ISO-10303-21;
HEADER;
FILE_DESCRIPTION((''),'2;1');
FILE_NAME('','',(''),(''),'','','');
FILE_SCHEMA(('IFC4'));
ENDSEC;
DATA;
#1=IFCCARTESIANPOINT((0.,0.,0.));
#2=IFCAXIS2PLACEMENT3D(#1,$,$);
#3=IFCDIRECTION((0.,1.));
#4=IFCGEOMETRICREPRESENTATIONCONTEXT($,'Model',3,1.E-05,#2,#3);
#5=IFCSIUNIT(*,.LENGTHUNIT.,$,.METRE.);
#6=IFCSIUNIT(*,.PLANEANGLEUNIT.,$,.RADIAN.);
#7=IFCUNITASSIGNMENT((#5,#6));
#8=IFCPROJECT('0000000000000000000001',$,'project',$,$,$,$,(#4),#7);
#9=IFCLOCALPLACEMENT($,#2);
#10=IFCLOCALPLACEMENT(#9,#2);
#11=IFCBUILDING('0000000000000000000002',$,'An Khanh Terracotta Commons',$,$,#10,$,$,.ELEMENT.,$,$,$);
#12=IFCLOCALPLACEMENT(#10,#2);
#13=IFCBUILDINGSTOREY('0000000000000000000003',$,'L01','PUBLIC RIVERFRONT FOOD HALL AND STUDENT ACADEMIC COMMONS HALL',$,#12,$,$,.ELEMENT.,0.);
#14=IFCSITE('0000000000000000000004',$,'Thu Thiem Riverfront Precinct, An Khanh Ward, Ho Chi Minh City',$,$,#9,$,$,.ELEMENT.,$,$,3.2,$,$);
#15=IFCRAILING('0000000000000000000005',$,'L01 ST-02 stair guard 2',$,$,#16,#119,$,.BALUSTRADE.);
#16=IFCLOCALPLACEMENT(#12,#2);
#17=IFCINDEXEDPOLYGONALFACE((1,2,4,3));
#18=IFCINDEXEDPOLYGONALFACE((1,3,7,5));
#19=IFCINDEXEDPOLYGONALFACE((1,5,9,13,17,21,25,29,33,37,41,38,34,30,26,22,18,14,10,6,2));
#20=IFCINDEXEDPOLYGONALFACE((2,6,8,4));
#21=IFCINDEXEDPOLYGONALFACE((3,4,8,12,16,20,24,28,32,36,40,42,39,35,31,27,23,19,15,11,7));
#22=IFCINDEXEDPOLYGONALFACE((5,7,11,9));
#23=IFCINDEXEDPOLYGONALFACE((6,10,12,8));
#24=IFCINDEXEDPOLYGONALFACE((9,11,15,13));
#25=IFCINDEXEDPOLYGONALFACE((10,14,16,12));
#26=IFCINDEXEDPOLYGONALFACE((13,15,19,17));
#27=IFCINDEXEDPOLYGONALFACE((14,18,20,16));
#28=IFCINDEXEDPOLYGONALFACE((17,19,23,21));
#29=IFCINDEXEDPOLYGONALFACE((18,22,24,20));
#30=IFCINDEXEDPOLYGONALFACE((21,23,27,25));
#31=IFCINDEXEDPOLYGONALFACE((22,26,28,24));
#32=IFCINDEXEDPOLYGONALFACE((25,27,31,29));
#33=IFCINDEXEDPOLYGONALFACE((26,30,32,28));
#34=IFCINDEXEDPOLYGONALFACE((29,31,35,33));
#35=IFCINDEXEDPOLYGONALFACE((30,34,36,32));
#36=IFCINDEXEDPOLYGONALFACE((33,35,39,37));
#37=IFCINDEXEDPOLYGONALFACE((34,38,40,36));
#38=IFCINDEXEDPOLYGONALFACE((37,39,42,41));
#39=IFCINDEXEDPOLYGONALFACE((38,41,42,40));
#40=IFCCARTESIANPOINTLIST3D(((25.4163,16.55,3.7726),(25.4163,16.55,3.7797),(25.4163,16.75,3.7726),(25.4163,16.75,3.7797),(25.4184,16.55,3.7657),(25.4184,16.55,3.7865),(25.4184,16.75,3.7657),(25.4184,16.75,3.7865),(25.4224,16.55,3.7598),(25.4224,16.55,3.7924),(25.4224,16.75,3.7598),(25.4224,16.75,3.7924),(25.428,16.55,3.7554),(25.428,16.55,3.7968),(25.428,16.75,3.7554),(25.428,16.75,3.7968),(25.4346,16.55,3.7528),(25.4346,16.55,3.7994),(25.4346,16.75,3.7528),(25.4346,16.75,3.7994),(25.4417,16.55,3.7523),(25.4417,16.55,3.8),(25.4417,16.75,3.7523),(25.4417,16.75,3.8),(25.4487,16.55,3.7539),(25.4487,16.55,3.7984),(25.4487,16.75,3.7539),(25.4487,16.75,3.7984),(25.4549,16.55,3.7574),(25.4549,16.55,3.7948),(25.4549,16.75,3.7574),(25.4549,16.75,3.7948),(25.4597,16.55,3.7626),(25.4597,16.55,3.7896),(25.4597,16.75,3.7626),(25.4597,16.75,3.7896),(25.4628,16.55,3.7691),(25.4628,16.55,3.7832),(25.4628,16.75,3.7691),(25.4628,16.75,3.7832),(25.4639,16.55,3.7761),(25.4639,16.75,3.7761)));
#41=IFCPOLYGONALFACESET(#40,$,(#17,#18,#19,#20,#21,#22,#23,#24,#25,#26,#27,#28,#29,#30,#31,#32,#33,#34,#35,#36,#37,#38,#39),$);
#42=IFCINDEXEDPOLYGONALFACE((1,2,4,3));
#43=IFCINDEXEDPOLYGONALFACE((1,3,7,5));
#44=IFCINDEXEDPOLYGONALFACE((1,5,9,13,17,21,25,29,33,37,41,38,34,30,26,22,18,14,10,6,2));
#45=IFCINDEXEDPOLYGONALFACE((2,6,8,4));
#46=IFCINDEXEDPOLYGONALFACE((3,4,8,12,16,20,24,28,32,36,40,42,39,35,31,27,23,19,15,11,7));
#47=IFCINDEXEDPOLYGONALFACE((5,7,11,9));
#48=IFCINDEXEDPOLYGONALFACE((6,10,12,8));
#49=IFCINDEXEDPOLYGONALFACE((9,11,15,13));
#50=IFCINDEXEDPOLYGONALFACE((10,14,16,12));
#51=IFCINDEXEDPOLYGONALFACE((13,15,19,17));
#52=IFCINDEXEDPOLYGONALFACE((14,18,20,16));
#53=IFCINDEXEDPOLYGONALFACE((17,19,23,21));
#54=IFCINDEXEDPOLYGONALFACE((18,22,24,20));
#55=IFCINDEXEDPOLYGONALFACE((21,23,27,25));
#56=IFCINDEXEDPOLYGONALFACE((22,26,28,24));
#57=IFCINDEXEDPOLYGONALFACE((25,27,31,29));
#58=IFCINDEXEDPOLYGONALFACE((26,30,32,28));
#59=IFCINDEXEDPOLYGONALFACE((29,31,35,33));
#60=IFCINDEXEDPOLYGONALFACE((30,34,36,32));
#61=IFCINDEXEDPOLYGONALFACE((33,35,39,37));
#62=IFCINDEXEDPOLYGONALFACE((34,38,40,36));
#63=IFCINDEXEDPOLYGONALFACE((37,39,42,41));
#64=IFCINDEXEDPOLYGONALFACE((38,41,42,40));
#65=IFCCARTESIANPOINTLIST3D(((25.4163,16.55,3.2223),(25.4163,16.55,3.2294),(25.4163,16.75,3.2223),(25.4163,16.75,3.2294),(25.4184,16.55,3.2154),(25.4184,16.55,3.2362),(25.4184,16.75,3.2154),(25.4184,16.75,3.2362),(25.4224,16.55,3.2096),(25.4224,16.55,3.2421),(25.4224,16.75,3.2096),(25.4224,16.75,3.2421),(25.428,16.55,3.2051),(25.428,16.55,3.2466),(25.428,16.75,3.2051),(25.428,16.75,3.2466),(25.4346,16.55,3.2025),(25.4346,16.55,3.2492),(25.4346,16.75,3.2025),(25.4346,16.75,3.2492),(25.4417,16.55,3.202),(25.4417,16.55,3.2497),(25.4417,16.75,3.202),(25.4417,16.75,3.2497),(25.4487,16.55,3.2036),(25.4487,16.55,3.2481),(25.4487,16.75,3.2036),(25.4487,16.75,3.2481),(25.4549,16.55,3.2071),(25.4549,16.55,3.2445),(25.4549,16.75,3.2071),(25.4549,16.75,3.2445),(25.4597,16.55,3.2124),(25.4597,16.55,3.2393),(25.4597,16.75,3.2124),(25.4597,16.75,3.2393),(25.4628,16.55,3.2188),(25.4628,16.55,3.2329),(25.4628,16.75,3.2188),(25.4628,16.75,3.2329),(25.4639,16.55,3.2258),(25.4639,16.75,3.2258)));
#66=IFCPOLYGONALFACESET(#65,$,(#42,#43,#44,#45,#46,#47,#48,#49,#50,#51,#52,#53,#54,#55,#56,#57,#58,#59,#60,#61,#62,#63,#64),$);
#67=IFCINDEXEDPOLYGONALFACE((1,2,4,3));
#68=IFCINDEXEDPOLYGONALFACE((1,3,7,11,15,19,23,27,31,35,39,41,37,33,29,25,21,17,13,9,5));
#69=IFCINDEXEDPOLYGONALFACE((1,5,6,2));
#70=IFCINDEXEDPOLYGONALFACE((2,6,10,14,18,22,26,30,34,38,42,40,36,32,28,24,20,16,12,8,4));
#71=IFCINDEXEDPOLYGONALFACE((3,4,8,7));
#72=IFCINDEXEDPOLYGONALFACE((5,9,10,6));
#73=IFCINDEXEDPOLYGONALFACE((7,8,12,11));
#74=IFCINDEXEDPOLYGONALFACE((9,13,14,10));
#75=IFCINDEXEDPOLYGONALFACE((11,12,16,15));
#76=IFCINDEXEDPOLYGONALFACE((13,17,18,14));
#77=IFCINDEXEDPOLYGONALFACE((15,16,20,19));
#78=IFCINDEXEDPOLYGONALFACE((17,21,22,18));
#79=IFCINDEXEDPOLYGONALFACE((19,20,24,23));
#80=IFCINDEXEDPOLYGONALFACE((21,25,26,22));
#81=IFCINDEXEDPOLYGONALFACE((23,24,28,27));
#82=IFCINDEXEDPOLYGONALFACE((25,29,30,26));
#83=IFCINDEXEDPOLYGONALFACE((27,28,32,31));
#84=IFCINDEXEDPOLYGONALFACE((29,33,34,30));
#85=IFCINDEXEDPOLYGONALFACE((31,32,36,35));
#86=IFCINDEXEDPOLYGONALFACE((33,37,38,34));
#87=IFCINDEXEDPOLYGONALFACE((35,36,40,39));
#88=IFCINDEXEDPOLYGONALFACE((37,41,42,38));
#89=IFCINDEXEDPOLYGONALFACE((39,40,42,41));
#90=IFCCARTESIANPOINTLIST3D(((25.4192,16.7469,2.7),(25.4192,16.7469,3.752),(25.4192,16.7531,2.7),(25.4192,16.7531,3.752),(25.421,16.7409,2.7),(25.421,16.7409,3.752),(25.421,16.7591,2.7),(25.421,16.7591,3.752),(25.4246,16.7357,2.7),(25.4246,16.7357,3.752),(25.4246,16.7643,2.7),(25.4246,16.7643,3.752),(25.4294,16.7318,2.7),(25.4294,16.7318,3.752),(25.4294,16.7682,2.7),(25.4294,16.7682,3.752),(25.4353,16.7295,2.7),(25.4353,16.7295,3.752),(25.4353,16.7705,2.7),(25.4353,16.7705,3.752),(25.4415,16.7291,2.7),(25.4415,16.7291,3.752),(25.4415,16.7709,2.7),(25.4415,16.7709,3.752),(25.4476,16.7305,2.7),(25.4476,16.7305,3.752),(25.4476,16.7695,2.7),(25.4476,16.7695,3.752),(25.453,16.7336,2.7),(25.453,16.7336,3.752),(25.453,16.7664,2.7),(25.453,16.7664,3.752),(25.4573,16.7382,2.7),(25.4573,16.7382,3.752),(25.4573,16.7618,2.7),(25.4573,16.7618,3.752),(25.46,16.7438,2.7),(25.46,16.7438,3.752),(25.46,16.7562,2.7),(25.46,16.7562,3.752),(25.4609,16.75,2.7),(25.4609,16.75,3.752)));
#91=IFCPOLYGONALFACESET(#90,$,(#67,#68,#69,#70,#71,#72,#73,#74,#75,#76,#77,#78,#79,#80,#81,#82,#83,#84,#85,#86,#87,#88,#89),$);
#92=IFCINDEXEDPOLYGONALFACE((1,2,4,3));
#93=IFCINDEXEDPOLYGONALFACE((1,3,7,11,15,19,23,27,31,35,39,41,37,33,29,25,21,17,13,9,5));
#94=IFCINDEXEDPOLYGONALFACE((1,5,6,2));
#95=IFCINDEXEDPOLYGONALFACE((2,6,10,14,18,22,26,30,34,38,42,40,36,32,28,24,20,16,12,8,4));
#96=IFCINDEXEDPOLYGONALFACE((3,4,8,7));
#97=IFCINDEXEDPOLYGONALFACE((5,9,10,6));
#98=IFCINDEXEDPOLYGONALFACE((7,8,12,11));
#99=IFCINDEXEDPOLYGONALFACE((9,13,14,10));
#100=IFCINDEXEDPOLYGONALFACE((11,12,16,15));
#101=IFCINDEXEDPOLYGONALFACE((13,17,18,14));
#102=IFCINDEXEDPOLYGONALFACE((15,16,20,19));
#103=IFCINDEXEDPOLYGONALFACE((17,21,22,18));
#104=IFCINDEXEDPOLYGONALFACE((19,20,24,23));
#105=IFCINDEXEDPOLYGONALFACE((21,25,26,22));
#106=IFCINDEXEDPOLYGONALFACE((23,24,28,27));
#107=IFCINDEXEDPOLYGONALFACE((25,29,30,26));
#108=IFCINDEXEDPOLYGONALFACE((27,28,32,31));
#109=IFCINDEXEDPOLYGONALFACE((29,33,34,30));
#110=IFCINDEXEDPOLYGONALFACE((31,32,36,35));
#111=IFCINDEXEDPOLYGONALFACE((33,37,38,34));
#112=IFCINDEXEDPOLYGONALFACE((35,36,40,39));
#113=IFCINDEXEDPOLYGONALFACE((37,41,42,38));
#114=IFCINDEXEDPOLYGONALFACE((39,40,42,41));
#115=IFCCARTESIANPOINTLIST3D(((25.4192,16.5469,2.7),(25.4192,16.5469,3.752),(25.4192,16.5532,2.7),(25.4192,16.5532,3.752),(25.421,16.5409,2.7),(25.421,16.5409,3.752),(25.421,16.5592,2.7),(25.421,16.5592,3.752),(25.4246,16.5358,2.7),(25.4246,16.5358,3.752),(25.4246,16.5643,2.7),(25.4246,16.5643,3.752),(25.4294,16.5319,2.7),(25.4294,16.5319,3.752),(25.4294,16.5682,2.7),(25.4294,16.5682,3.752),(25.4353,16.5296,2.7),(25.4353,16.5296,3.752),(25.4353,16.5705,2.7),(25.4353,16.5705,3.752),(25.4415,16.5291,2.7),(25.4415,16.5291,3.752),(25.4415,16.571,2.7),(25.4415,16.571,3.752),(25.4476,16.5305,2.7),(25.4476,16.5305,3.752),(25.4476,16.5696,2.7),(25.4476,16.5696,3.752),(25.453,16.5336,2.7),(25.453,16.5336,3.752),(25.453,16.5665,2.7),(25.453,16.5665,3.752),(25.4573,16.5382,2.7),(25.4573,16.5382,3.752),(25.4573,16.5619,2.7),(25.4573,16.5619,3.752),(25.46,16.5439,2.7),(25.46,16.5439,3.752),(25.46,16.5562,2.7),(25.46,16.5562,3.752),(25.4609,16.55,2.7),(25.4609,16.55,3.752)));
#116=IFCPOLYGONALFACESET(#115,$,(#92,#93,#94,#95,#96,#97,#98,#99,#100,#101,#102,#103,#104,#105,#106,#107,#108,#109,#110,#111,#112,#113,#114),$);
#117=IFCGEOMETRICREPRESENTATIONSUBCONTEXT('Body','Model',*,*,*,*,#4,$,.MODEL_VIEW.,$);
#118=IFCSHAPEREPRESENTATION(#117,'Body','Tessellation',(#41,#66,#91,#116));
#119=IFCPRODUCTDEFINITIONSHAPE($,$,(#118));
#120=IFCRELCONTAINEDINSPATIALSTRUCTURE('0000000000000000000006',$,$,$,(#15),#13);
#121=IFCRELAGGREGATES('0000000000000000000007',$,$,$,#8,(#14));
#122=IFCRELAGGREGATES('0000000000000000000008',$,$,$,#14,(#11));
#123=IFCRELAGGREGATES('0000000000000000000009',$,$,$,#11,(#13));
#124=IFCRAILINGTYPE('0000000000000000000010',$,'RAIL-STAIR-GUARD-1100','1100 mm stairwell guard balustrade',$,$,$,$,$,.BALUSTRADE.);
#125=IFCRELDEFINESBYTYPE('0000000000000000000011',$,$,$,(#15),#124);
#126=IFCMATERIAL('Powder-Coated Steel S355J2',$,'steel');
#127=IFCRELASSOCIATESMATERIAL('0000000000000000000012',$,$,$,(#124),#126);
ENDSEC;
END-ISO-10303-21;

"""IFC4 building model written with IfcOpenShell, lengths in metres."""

from ifc_helpers import new_model, si_unit, direction, frame, origin, origin_2d, place, context, subcontext, project, spatial, circle, extrude, material, type_object, element, save


model = new_model("IFC4")

# Units and contexts
model_context = context("Model", 3, precision=1e-05, world=origin(), true_north=direction((0.0, 1.0)))
body_context = subcontext(model_context, "Body", "Model", "MODEL_VIEW")
ifc_project = project(units=[si_unit("LENGTHUNIT", "METRE"), si_unit("PLANEANGLEUNIT", "RADIAN")], contexts=[model_context])

# Site, building, storey
site_placement = place(None, origin())
site = spatial("IfcSite", under=ifc_project, at=site_placement, Name="Thu Thiem Riverfront Precinct, An Khanh Ward, Ho Chi Minh City", CompositionType="ELEMENT", RefElevation=3.2)
building_placement = place(site_placement, origin())
building = spatial("IfcBuilding", under=site, at=building_placement, Name="An Khanh Terracotta Commons", CompositionType="ELEMENT")
storey_placement = place(building_placement, origin())
storey = spatial("IfcBuildingStorey", under=building, at=storey_placement, Name="L01", Description="PUBLIC RIVERFRONT FOOD HALL AND STUDENT ACADEMIC COMMONS HALL", CompositionType="ELEMENT", Elevation=0.0)

# Railing
ifc_material_1 = material(Name="Powder-Coated Steel S355J2", Category="steel")
railing_type_1 = type_object("IfcRailingType", Name="RAIL-STAIR-GUARD-1100", Description="1100 mm stairwell guard balustrade", PredefinedType="BALUSTRADE", material=ifc_material_1)
railing_1_placement = place(storey_placement, frame((25.4399, 16.75, 2.7)))
element("IfcRailing", 1, at=railing_1_placement, inside=storey, type_object=railing_type_1, Name="L01 ST-02 stair guard 2", PredefinedType="BALUSTRADE", context=body_context, shape_type="SweptSolid", body=[
    extrude(circle(Radius=0.0239, at=origin_2d()), frame((0.0, 0.0, 1.0762), z_axis=(0.0, -1.0, 0.0), x_axis=(1.0, 0.0, 0.0)), (0.0, 0.0, 1.0), 0.2),
    extrude(circle(Radius=0.0239, at=origin_2d()), frame((0.0, 0.0, 0.5259), z_axis=(0.0, -1.0, 0.0), x_axis=(1.0, 0.0, 0.0)), (0.0, 0.0, 1.0), 0.2),
    extrude(circle(Radius=0.021, at=origin_2d()), origin(), (0.0, 0.0, 1.0), 1.052),
    extrude(circle(Radius=0.021, at=origin_2d()), frame((0.0, -0.2, 0.0)), (0.0, 0.0, 1.0), 1.052),
])

save(model, "model.ifc")
